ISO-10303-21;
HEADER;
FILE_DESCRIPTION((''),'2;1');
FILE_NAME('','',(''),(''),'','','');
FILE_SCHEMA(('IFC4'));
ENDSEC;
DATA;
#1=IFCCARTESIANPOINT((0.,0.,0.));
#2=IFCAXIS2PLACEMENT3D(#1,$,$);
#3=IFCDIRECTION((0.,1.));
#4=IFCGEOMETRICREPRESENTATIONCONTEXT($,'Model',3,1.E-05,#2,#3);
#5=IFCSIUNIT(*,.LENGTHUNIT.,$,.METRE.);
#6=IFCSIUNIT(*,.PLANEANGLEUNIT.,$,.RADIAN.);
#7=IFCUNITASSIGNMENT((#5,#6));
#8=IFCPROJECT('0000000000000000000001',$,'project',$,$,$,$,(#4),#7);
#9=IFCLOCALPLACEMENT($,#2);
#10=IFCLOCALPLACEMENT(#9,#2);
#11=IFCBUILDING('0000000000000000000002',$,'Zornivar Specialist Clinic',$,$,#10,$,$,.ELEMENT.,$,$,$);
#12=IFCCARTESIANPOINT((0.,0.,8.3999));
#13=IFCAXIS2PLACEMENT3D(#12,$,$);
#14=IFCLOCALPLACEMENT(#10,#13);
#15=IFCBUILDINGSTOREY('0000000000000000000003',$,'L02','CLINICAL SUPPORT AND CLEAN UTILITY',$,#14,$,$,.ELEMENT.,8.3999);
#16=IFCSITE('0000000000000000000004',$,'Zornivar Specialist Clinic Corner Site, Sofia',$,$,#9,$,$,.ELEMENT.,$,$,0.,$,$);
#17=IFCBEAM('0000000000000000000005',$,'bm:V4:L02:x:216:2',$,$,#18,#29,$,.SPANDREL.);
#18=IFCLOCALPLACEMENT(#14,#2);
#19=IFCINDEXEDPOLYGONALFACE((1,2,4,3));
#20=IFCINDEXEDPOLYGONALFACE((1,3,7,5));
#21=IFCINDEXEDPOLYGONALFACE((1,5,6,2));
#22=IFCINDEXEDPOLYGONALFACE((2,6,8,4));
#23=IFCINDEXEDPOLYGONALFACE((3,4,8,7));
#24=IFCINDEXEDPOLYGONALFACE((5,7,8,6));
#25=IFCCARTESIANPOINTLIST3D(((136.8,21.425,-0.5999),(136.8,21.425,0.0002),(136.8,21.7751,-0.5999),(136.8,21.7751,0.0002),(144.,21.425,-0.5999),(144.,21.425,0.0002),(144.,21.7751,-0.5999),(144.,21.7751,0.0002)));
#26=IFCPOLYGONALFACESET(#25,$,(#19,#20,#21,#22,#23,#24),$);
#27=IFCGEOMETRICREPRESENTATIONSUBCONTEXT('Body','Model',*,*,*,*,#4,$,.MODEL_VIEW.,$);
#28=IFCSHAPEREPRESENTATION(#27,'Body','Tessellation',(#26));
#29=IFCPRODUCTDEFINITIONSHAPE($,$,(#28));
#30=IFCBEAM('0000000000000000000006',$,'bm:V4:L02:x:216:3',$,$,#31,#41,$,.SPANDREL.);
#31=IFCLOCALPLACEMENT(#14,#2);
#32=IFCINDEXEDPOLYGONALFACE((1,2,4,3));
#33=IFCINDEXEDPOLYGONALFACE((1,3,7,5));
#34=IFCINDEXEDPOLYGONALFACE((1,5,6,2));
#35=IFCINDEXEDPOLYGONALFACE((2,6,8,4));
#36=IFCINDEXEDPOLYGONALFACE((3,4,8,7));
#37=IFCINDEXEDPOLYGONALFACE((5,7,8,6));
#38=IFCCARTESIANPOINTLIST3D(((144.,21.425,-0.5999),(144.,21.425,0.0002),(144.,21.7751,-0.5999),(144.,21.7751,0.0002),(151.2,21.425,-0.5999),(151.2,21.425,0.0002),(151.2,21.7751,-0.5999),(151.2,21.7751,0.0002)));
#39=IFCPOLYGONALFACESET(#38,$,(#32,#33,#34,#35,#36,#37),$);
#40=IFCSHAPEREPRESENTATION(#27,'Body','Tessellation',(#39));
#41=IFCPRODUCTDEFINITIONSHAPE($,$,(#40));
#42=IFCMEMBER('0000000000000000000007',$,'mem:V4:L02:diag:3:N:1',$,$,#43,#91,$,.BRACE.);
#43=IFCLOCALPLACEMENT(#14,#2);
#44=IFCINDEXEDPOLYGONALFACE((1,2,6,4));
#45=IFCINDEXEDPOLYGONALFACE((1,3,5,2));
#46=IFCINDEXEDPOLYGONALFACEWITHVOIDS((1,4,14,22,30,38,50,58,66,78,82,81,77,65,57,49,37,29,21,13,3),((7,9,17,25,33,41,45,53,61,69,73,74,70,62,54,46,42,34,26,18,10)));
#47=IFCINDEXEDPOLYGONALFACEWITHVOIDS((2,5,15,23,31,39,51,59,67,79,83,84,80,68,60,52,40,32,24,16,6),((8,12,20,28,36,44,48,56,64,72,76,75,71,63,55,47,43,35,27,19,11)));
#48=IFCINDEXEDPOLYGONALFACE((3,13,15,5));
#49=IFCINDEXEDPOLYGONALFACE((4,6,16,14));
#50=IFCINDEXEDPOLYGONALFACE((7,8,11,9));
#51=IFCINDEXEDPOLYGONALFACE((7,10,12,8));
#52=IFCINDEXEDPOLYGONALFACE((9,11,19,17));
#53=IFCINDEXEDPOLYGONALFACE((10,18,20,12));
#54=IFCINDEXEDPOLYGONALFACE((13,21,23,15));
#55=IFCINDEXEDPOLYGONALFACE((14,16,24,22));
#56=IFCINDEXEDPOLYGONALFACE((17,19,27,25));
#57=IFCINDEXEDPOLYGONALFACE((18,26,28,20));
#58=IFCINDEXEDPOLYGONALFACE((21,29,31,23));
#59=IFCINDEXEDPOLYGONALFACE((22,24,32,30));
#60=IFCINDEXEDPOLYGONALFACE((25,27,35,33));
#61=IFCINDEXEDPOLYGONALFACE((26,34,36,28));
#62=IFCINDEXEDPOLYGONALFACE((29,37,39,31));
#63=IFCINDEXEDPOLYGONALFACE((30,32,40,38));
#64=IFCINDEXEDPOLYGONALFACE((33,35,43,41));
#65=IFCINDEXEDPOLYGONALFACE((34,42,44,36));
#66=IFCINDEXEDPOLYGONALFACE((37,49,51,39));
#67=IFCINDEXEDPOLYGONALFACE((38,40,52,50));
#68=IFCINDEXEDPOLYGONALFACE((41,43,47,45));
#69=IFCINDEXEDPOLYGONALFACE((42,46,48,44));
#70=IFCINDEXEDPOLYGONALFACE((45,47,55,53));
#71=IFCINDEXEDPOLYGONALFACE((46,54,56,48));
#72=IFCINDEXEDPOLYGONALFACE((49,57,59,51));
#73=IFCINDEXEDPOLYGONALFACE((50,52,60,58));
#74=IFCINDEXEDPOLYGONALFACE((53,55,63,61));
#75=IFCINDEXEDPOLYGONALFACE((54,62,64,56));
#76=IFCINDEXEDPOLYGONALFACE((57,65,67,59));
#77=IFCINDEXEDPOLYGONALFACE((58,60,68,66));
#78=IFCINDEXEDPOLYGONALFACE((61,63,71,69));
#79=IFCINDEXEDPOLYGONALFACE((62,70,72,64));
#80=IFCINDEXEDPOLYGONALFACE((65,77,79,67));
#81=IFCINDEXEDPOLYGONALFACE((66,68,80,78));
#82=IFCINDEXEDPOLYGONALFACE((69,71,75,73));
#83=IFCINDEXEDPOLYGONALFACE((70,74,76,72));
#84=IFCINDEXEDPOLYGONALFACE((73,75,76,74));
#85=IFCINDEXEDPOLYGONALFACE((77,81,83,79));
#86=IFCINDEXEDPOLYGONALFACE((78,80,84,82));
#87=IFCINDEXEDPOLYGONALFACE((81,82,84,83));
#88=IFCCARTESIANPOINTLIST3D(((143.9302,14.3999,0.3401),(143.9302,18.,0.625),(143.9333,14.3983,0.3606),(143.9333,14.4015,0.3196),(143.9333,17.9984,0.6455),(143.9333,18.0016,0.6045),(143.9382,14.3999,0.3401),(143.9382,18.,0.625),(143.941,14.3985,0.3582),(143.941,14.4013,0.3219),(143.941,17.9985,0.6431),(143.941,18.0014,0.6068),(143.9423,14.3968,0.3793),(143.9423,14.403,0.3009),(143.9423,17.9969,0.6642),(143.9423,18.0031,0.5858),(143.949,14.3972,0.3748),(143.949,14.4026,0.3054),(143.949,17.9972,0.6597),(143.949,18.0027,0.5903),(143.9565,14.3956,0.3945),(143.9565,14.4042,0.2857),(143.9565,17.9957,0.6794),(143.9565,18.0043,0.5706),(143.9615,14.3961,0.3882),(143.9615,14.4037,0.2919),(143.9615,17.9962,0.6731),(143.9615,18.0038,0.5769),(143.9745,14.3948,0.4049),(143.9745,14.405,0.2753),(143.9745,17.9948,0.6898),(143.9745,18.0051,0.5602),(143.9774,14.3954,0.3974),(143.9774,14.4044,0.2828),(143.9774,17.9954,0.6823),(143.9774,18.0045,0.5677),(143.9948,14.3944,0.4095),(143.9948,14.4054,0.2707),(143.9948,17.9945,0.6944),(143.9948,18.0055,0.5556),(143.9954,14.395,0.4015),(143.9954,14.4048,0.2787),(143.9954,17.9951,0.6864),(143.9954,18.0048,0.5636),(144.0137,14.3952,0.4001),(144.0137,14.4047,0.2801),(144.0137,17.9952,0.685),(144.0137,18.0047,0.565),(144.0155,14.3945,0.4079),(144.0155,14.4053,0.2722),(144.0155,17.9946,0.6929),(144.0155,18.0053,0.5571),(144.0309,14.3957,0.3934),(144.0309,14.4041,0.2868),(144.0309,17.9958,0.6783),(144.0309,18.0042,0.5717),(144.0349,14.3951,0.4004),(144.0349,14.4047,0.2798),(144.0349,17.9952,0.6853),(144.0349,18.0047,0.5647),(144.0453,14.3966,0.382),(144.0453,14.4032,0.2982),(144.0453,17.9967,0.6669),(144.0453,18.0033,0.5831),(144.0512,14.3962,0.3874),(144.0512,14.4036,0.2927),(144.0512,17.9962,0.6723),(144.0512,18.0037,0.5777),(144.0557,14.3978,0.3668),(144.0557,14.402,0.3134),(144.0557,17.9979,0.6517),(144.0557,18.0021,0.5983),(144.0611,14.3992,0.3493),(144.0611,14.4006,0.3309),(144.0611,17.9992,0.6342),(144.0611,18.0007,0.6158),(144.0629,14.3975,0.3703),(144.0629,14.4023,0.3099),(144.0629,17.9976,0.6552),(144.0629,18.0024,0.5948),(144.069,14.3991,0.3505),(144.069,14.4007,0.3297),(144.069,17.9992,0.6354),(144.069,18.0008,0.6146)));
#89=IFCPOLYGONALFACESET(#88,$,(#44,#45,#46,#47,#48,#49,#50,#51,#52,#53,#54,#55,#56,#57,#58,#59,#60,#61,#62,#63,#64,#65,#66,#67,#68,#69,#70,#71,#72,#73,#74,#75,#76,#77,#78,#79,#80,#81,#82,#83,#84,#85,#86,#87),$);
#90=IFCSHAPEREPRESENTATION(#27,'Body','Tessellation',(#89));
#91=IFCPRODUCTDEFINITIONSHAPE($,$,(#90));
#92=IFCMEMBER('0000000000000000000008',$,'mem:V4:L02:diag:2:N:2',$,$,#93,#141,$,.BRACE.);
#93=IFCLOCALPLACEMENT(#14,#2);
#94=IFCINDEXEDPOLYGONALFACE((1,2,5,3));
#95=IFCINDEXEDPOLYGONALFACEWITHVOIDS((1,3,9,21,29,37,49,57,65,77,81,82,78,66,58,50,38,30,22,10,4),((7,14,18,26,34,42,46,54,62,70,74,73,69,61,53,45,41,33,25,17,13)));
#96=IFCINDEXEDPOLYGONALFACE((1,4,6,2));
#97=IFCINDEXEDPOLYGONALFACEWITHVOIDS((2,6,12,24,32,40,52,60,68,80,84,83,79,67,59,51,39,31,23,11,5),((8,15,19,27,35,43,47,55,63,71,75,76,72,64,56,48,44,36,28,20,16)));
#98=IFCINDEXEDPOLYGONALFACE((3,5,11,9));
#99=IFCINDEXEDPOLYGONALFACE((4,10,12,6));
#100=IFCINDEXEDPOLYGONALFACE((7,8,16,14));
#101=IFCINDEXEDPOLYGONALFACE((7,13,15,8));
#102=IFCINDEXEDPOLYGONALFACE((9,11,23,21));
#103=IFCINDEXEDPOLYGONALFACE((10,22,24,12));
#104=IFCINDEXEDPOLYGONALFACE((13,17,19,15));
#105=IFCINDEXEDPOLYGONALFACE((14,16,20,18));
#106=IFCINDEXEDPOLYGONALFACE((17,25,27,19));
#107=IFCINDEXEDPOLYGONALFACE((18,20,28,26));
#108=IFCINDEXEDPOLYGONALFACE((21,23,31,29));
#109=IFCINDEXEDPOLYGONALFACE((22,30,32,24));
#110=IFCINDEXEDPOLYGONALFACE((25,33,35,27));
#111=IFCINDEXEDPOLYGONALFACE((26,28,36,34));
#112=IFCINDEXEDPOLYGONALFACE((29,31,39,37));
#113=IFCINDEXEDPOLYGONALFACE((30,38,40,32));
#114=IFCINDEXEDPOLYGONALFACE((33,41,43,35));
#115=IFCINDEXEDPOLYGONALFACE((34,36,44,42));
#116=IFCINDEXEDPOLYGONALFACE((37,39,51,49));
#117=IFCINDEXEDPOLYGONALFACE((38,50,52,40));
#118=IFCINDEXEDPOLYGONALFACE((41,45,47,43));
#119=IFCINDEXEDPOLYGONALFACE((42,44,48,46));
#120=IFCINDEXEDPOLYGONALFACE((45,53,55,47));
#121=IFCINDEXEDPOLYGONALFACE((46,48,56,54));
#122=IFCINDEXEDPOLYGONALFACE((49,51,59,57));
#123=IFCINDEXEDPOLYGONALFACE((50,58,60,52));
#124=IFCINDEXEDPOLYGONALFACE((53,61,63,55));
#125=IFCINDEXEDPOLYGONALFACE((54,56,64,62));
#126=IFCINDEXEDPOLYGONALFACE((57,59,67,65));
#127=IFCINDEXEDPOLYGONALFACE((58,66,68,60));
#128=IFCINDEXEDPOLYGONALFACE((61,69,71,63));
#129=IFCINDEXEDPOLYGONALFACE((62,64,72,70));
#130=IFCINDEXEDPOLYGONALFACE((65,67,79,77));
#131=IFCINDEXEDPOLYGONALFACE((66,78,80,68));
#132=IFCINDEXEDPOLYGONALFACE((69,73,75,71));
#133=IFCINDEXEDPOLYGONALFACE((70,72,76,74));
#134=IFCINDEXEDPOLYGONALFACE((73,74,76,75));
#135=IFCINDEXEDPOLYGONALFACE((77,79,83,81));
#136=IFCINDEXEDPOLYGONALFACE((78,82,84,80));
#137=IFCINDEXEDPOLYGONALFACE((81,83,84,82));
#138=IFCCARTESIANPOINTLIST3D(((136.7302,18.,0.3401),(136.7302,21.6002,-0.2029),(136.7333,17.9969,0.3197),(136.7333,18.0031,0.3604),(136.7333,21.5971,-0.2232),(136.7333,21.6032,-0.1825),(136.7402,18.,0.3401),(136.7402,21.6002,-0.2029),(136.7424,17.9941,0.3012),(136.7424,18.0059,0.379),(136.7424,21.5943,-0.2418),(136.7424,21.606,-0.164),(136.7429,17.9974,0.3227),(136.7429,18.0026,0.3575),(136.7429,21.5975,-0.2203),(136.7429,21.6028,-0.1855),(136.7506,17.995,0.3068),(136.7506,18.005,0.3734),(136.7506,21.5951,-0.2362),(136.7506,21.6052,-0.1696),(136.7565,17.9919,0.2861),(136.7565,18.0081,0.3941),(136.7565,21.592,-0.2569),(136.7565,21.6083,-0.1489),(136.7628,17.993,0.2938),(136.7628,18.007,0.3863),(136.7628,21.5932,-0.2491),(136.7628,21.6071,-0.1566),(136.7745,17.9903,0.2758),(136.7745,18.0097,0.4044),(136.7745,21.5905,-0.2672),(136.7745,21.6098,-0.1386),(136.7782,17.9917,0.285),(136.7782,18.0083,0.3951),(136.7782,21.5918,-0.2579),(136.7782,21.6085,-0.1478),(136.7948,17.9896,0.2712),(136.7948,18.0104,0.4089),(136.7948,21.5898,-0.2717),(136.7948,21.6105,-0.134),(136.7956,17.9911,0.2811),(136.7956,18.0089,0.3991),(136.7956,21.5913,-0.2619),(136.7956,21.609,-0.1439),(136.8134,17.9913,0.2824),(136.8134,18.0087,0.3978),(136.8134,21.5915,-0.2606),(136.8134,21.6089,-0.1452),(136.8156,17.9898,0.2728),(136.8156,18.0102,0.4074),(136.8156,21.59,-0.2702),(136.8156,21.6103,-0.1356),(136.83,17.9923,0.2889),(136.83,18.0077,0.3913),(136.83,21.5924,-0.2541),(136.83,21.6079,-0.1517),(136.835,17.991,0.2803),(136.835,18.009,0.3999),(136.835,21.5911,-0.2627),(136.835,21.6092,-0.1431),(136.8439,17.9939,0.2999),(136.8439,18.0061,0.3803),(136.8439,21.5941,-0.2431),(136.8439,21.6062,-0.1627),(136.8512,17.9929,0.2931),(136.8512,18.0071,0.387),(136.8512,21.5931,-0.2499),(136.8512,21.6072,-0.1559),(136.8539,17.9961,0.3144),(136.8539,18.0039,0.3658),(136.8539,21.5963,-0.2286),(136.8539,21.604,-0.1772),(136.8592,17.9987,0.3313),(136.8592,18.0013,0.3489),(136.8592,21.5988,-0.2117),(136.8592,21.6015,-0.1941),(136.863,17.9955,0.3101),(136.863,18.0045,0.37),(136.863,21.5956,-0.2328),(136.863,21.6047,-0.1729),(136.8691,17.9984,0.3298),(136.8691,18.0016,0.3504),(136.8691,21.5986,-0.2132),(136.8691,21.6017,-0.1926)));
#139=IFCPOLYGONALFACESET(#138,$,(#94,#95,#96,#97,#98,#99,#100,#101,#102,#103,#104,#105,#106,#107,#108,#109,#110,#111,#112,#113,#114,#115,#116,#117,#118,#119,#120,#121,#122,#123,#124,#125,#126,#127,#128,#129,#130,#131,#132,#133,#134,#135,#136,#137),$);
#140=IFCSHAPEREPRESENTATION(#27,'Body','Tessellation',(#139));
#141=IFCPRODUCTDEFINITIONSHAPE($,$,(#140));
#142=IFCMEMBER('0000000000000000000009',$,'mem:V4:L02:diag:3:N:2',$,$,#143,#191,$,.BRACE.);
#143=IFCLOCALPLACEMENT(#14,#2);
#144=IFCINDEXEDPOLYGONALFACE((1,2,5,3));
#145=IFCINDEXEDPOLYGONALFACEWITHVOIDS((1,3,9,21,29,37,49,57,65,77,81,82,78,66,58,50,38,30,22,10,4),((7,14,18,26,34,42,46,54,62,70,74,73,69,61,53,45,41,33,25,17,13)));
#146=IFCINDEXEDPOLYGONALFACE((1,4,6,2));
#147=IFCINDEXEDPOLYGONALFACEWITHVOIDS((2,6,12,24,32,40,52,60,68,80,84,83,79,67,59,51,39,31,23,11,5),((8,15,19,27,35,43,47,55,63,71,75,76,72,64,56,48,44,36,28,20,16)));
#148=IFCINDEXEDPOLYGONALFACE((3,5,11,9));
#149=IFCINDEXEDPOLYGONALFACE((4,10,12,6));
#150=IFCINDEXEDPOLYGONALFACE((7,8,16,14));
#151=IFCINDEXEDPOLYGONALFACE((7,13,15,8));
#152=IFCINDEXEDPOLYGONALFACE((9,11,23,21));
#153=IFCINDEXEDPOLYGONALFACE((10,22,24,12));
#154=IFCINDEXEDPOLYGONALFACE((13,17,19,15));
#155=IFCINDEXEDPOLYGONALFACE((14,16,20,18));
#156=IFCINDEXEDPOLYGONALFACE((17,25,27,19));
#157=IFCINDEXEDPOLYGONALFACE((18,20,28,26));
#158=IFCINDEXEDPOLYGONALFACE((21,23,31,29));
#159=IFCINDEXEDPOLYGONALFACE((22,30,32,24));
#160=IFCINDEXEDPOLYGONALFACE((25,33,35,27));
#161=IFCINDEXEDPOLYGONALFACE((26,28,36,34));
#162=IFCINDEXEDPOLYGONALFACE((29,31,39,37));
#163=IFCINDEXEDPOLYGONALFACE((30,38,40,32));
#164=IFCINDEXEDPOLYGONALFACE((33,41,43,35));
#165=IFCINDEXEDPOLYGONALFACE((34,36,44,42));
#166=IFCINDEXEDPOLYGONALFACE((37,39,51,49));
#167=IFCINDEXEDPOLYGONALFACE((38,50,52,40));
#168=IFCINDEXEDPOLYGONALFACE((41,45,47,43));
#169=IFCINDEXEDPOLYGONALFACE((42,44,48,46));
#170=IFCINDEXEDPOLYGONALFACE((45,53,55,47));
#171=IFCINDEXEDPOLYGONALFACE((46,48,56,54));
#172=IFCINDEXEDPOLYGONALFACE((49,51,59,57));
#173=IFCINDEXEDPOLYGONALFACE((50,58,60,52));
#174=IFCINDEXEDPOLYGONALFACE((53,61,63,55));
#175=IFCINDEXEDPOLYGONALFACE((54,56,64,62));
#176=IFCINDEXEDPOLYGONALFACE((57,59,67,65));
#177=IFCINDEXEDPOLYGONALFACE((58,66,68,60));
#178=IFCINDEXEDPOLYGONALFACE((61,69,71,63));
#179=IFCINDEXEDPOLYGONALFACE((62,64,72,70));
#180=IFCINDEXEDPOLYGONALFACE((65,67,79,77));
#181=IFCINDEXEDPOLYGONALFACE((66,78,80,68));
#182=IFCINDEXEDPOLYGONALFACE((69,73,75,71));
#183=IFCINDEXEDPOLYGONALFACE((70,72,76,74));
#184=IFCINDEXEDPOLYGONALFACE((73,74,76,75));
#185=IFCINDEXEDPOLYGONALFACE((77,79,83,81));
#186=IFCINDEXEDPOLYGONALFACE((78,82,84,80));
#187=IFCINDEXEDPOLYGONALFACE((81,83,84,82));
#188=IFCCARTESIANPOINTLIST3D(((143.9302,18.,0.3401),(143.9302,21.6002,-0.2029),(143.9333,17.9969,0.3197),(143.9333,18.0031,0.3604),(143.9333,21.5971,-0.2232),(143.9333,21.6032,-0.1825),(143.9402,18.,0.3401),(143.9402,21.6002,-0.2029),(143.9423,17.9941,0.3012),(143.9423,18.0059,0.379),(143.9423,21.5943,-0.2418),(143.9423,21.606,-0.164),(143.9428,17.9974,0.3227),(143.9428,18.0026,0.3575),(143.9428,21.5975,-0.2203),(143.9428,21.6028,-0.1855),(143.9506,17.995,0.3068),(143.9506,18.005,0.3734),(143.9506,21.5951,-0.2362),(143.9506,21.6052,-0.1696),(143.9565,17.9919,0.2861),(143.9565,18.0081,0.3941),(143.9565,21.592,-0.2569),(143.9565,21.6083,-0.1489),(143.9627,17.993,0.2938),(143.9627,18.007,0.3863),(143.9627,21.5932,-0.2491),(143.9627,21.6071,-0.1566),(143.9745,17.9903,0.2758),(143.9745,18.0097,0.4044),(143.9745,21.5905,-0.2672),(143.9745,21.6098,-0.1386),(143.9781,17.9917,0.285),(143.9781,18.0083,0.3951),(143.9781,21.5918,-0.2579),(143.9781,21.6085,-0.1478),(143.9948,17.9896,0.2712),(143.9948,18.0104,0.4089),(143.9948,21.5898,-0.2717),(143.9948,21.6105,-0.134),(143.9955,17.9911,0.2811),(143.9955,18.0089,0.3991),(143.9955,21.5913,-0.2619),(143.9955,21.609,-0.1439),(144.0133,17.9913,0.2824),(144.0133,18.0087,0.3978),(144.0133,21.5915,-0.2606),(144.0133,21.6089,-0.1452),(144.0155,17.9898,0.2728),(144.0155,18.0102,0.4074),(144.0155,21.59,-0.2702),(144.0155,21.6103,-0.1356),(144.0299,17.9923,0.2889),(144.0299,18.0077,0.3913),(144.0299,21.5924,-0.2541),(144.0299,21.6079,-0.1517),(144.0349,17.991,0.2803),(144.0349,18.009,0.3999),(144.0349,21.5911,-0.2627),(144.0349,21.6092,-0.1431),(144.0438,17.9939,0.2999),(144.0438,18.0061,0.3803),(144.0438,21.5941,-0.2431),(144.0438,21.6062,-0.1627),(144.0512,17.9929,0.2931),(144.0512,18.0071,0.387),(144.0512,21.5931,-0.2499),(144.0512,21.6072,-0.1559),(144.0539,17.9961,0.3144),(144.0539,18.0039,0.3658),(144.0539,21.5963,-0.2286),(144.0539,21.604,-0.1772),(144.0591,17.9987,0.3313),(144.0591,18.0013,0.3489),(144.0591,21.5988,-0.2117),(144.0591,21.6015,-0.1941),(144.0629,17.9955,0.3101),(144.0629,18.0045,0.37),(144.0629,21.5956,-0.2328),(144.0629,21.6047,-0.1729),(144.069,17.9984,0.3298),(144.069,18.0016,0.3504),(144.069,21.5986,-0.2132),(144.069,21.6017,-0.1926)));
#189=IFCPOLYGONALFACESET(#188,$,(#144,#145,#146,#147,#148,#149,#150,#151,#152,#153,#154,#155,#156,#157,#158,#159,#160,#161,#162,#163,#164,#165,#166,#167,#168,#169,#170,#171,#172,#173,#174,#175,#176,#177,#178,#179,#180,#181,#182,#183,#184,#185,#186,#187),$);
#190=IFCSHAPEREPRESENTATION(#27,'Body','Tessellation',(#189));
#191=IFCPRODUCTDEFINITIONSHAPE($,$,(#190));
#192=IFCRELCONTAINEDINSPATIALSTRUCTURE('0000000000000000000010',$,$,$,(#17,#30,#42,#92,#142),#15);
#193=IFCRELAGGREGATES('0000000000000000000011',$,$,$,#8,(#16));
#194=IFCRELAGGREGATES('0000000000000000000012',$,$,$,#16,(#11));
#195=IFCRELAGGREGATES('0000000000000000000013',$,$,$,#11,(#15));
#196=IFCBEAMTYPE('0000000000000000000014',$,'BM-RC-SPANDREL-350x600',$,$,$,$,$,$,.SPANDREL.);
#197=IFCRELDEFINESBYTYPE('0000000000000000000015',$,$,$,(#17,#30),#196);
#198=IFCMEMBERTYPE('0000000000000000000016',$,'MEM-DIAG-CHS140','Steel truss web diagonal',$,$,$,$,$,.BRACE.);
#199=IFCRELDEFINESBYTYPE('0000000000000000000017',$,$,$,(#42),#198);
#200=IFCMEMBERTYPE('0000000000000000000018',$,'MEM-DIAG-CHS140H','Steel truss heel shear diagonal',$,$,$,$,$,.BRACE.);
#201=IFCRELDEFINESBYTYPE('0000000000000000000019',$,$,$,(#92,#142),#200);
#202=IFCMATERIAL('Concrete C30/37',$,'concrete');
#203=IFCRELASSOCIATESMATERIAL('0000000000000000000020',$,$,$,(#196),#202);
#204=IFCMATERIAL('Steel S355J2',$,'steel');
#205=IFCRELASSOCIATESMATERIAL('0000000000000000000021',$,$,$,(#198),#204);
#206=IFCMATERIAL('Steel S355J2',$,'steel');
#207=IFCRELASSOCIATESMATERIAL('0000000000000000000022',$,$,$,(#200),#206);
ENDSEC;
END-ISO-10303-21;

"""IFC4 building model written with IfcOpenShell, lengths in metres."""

from ifc_helpers import new_model, si_unit, direction, frame, origin, origin_2d, place, context, subcontext, project, spatial, rectangle, hollow_circle, extrude, material, material_profile, profile_set, type_object, element, save


model = new_model("IFC4")

# Units and contexts
model_context = context("Model", 3, precision=1e-05, world=origin(), true_north=direction((0.0, 1.0)))
body_context = subcontext(model_context, "Body", "Model", "MODEL_VIEW")
ifc_project = project(units=[si_unit("LENGTHUNIT", "METRE"), si_unit("PLANEANGLEUNIT", "RADIAN")], contexts=[model_context])

# Site, building, storey
site_placement = place(None, origin())
site = spatial("IfcSite", under=ifc_project, at=site_placement, Name="Zornivar Specialist Clinic Corner Site, Sofia", CompositionType="ELEMENT", RefElevation=0.0)
building_placement = place(site_placement, origin())
building = spatial("IfcBuilding", under=site, at=building_placement, Name="Zornivar Specialist Clinic", CompositionType="ELEMENT")
storey_placement = place(building_placement, frame((0.0, 0.0, 8.3999)))
storey = spatial("IfcBuildingStorey", under=building, at=storey_placement, Name="L02", Description="CLINICAL SUPPORT AND CLEAN UTILITY", CompositionType="ELEMENT", Elevation=8.3999)

# Beams
ifc_material_1 = material(Name="Concrete C30/37", Category="concrete")
ifc_material_profile_1 = material_profile(ifc_material_1, rectangle(XDim=0.3501, YDim=0.6001, at=origin_2d()), Name="RC 350x600")
ifc_profile_set_1 = profile_set([ifc_material_profile_1], Name="Concrete C30/37")
beam_type = type_object("IfcBeamType", Name="BM-RC-SPANDREL-350x600", PredefinedType="SPANDREL", material=ifc_profile_set_1)
for number, where, z_axis, x_axis, name in (
    (1, (136.8, 21.6001, -0.2998), (1.0, 0.0, 0.0), (0.0, 1.0, 0.0), "bm:V4:L02:x:216:2"),
    (2, (144.0, 21.6001, -0.2998), (1.0, 0.0, 0.0), (0.0, 1.0, 0.0), "bm:V4:L02:x:216:3"),
):
    element("IfcBeam", number, at=place(storey_placement, frame(where, z_axis=z_axis, x_axis=x_axis)), inside=storey, type_object=beam_type, Name=name, PredefinedType="SPANDREL", context=body_context, shape_type="SweptSolid", body=[
        extrude(rectangle(XDim=0.3501, YDim=0.6001, at=origin_2d()), origin(), (0.0, 0.0, 1.0), 7.2),
    ])

# Members
ifc_material_2 = material(Name="Steel S355J2", Category="steel")
ifc_material_profile_2 = material_profile(ifc_material_2, hollow_circle(Radius=0.0698, WallThickness=0.0081, at=origin_2d()), Name="CHS 139.7x8")
ifc_profile_set_2 = profile_set([ifc_material_profile_2], Name="Steel S355J2")
member_type_1 = type_object("IfcMemberType", Name="MEM-DIAG-CHS140", Description="Steel truss web diagonal", PredefinedType="BRACE", material=ifc_profile_set_2)
member_1_placement = place(storey_placement, frame((144.0, 14.3999, 0.3401), z_axis=(0.0, 0.996883, 0.078893), x_axis=(-1.0, 0.0, 0.0)))
element("IfcMember", 3, at=member_1_placement, inside=storey, type_object=member_type_1, Name="mem:V4:L02:diag:3:N:1", PredefinedType="BRACE", context=body_context, shape_type="SweptSolid", body=[
    extrude(hollow_circle(Radius=0.0698, WallThickness=0.0081, at=origin_2d()), origin(), (0.0, 0.0, 1.0), 3.6113),
])
ifc_material_3 = material(Name="Steel S355J2", Category="steel")
ifc_material_profile_3 = material_profile(ifc_material_3, hollow_circle(Radius=0.0698, WallThickness=0.01, at=origin_2d()), Name="CHS 139.7x10")
ifc_profile_set_3 = profile_set([ifc_material_profile_3], Name="Steel S355J2")
member_type_2 = type_object("IfcMemberType", Name="MEM-DIAG-CHS140H", Description="Steel truss heel shear diagonal", PredefinedType="BRACE", material=ifc_profile_set_3)
for number, where, z_axis, x_axis, name in (
    (4, (136.8, 18.0, 0.3401), (0.0, 0.988817, -0.149134), (-1.0, 0.0, 0.0), "mem:V4:L02:diag:2:N:2"),
    (5, (144.0, 18.0, 0.3401), (0.0, 0.988817, -0.149134), (-1.0, 0.0, 0.0), "mem:V4:L02:diag:3:N:2"),
):
    element("IfcMember", number, at=place(storey_placement, frame(where, z_axis=z_axis, x_axis=x_axis)), inside=storey, type_object=member_type_2, Name=name, PredefinedType="BRACE", context=body_context, shape_type="SweptSolid", body=[
        extrude(hollow_circle(Radius=0.0698, WallThickness=0.01, at=origin_2d()), origin(), (0.0, 0.0, 1.0), 3.6409),
    ])

save(model, "model.ifc")
